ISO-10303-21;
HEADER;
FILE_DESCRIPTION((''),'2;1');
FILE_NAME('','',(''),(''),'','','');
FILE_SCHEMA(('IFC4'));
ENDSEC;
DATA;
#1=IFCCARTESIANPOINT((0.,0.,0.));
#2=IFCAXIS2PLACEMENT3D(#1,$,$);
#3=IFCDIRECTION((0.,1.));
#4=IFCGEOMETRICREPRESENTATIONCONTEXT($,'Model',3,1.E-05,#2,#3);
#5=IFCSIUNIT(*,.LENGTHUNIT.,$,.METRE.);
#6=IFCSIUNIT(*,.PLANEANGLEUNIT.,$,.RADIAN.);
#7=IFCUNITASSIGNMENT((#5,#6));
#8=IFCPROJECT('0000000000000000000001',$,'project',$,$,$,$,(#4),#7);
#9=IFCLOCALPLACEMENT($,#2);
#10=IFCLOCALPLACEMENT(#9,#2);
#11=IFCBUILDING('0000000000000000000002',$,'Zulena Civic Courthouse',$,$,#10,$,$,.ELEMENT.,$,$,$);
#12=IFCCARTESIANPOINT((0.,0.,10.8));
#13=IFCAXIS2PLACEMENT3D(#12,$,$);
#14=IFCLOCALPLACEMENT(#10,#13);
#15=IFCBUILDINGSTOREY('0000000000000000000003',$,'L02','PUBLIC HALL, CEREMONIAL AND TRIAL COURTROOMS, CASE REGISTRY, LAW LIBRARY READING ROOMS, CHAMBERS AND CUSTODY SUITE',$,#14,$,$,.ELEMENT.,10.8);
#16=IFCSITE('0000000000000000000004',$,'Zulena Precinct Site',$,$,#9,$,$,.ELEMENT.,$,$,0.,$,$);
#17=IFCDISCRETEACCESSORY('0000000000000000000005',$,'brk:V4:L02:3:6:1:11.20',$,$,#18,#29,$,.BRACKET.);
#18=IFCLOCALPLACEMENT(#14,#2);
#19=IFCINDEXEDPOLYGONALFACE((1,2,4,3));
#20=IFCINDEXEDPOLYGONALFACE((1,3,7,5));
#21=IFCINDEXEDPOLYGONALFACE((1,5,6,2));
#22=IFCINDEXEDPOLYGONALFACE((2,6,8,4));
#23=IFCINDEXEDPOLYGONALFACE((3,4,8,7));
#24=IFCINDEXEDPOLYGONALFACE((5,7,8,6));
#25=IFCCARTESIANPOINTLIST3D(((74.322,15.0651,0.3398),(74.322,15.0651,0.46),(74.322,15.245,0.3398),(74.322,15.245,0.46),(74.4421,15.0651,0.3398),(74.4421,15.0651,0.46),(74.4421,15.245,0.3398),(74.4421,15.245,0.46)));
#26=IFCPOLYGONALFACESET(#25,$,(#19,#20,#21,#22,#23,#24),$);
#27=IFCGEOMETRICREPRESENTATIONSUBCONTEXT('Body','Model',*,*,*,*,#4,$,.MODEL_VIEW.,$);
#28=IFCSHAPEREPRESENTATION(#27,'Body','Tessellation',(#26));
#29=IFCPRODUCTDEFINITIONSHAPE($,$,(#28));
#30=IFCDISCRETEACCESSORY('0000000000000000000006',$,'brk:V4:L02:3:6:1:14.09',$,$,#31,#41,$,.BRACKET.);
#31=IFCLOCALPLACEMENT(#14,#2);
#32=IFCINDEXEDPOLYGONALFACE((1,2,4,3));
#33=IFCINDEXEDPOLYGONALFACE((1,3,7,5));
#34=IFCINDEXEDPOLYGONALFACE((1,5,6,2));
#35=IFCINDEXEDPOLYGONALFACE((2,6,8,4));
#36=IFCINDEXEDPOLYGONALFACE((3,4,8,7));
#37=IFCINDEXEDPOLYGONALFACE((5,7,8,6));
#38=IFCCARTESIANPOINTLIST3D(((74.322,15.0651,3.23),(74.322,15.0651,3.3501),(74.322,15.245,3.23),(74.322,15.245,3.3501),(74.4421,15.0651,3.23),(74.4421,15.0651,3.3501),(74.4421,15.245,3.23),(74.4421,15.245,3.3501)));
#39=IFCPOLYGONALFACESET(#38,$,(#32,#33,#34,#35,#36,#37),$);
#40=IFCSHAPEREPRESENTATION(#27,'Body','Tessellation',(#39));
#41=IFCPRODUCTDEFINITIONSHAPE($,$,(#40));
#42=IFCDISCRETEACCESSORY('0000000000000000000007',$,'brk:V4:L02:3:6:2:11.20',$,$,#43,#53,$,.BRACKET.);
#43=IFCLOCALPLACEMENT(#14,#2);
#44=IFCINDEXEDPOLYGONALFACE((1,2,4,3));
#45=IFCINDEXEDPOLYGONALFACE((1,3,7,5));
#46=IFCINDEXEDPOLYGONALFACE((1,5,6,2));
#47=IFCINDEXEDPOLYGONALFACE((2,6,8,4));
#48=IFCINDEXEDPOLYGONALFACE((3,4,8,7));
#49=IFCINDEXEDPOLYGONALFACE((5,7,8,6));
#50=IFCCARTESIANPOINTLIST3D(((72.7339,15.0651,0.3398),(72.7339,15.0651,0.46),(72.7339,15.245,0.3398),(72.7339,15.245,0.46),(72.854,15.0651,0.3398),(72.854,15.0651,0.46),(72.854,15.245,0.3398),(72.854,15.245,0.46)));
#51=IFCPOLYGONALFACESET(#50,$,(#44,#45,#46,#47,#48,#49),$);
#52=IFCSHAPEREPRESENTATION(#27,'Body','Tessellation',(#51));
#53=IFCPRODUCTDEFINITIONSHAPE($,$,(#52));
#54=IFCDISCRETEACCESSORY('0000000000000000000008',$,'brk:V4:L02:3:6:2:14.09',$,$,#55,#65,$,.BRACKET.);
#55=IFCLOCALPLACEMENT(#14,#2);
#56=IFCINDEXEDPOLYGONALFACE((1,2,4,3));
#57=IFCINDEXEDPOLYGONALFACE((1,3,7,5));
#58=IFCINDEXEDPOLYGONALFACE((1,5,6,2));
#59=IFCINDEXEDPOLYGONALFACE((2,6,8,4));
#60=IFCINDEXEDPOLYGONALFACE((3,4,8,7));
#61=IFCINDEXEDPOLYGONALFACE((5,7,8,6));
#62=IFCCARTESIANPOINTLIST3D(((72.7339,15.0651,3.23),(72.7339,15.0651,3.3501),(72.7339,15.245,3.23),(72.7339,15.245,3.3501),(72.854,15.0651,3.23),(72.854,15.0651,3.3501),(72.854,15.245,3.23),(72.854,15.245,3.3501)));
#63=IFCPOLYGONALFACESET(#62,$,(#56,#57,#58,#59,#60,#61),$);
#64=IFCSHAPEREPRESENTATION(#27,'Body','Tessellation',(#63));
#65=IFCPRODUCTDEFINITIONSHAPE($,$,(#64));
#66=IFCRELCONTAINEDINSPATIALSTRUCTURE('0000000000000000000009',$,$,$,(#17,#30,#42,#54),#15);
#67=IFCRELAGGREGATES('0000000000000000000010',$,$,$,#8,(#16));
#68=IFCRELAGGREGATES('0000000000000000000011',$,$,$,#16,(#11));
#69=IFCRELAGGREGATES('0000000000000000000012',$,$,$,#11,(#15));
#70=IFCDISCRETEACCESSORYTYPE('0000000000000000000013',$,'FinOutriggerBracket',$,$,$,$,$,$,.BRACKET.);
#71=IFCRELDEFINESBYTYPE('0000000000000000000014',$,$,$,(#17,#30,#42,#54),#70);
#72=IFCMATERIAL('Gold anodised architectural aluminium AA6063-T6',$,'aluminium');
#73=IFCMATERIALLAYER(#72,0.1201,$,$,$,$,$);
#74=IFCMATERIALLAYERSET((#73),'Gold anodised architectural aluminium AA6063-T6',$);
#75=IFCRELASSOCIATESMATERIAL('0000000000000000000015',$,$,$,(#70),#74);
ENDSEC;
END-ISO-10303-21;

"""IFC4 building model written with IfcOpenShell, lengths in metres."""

from ifc_helpers import new_model, si_unit, direction, frame, origin, origin_2d, place, context, subcontext, project, spatial, rectangle, extrude, material, layer, layer_set, type_object, element, save


model = new_model("IFC4")

# Units and contexts
model_context = context("Model", 3, precision=1e-05, world=origin(), true_north=direction((0.0, 1.0)))
body_context = subcontext(model_context, "Body", "Model", "MODEL_VIEW")
ifc_project = project(units=[si_unit("LENGTHUNIT", "METRE"), si_unit("PLANEANGLEUNIT", "RADIAN")], contexts=[model_context])

# Site, building, storey
site_placement = place(None, origin())
site = spatial("IfcSite", under=ifc_project, at=site_placement, Name="Zulena Precinct Site", CompositionType="ELEMENT", RefElevation=0.0)
building_placement = place(site_placement, origin())
building = spatial("IfcBuilding", under=site, at=building_placement, Name="Zulena Civic Courthouse", CompositionType="ELEMENT")
storey_placement = place(building_placement, frame((0.0, 0.0, 10.8)))
storey = spatial("IfcBuildingStorey", under=building, at=storey_placement, Name="L02", Description="PUBLIC HALL, CEREMONIAL AND TRIAL COURTROOMS, CASE REGISTRY, LAW LIBRARY READING ROOMS, CHAMBERS AND CUSTODY SUITE", CompositionType="ELEMENT", Elevation=10.8)

# Shared definitions
ifc_material_1 = material(Name="Gold anodised architectural aluminium AA6063-T6", Category="aluminium")

# Discrete accessories
ifc_layer_1 = layer(ifc_material_1, 0.1201)
ifc_layer_set_1 = layer_set([ifc_layer_1], Name="Gold anodised architectural aluminium AA6063-T6")
discrete_accessory_type = type_object("IfcDiscreteAccessoryType", Name="FinOutriggerBracket", PredefinedType="BRACKET", material=ifc_layer_set_1)
for number, where, z_axis, x_axis, name in (
    (1, (74.3821, 15.155, 0.3398), (0.0, 0.0, 1.0), (0.0, -1.0, 0.0), "brk:V4:L02:3:6:1:11.20"),
    (2, (74.3821, 15.155, 3.23), (0.0, 0.0, 1.0), (0.0, -1.0, 0.0), "brk:V4:L02:3:6:1:14.09"),
    (3, (72.7939, 15.155, 0.3398), (0.0, 0.0, 1.0), (0.0, -1.0, 0.0), "brk:V4:L02:3:6:2:11.20"),
    (4, (72.7939, 15.155, 3.23), (0.0, 0.0, 1.0), (0.0, -1.0, 0.0), "brk:V4:L02:3:6:2:14.09"),
):
    element("IfcDiscreteAccessory", number, at=place(storey_placement, frame(where, z_axis=z_axis, x_axis=x_axis)), inside=storey, type_object=discrete_accessory_type, Name=name, PredefinedType="BRACKET", context=body_context, shape_type="SweptSolid", body=[
        extrude(rectangle(XDim=0.1799, YDim=0.1201, at=origin_2d()), origin(), (0.0, 0.0, 1.0), 0.1201),
    ])

save(model, "model.ifc")
